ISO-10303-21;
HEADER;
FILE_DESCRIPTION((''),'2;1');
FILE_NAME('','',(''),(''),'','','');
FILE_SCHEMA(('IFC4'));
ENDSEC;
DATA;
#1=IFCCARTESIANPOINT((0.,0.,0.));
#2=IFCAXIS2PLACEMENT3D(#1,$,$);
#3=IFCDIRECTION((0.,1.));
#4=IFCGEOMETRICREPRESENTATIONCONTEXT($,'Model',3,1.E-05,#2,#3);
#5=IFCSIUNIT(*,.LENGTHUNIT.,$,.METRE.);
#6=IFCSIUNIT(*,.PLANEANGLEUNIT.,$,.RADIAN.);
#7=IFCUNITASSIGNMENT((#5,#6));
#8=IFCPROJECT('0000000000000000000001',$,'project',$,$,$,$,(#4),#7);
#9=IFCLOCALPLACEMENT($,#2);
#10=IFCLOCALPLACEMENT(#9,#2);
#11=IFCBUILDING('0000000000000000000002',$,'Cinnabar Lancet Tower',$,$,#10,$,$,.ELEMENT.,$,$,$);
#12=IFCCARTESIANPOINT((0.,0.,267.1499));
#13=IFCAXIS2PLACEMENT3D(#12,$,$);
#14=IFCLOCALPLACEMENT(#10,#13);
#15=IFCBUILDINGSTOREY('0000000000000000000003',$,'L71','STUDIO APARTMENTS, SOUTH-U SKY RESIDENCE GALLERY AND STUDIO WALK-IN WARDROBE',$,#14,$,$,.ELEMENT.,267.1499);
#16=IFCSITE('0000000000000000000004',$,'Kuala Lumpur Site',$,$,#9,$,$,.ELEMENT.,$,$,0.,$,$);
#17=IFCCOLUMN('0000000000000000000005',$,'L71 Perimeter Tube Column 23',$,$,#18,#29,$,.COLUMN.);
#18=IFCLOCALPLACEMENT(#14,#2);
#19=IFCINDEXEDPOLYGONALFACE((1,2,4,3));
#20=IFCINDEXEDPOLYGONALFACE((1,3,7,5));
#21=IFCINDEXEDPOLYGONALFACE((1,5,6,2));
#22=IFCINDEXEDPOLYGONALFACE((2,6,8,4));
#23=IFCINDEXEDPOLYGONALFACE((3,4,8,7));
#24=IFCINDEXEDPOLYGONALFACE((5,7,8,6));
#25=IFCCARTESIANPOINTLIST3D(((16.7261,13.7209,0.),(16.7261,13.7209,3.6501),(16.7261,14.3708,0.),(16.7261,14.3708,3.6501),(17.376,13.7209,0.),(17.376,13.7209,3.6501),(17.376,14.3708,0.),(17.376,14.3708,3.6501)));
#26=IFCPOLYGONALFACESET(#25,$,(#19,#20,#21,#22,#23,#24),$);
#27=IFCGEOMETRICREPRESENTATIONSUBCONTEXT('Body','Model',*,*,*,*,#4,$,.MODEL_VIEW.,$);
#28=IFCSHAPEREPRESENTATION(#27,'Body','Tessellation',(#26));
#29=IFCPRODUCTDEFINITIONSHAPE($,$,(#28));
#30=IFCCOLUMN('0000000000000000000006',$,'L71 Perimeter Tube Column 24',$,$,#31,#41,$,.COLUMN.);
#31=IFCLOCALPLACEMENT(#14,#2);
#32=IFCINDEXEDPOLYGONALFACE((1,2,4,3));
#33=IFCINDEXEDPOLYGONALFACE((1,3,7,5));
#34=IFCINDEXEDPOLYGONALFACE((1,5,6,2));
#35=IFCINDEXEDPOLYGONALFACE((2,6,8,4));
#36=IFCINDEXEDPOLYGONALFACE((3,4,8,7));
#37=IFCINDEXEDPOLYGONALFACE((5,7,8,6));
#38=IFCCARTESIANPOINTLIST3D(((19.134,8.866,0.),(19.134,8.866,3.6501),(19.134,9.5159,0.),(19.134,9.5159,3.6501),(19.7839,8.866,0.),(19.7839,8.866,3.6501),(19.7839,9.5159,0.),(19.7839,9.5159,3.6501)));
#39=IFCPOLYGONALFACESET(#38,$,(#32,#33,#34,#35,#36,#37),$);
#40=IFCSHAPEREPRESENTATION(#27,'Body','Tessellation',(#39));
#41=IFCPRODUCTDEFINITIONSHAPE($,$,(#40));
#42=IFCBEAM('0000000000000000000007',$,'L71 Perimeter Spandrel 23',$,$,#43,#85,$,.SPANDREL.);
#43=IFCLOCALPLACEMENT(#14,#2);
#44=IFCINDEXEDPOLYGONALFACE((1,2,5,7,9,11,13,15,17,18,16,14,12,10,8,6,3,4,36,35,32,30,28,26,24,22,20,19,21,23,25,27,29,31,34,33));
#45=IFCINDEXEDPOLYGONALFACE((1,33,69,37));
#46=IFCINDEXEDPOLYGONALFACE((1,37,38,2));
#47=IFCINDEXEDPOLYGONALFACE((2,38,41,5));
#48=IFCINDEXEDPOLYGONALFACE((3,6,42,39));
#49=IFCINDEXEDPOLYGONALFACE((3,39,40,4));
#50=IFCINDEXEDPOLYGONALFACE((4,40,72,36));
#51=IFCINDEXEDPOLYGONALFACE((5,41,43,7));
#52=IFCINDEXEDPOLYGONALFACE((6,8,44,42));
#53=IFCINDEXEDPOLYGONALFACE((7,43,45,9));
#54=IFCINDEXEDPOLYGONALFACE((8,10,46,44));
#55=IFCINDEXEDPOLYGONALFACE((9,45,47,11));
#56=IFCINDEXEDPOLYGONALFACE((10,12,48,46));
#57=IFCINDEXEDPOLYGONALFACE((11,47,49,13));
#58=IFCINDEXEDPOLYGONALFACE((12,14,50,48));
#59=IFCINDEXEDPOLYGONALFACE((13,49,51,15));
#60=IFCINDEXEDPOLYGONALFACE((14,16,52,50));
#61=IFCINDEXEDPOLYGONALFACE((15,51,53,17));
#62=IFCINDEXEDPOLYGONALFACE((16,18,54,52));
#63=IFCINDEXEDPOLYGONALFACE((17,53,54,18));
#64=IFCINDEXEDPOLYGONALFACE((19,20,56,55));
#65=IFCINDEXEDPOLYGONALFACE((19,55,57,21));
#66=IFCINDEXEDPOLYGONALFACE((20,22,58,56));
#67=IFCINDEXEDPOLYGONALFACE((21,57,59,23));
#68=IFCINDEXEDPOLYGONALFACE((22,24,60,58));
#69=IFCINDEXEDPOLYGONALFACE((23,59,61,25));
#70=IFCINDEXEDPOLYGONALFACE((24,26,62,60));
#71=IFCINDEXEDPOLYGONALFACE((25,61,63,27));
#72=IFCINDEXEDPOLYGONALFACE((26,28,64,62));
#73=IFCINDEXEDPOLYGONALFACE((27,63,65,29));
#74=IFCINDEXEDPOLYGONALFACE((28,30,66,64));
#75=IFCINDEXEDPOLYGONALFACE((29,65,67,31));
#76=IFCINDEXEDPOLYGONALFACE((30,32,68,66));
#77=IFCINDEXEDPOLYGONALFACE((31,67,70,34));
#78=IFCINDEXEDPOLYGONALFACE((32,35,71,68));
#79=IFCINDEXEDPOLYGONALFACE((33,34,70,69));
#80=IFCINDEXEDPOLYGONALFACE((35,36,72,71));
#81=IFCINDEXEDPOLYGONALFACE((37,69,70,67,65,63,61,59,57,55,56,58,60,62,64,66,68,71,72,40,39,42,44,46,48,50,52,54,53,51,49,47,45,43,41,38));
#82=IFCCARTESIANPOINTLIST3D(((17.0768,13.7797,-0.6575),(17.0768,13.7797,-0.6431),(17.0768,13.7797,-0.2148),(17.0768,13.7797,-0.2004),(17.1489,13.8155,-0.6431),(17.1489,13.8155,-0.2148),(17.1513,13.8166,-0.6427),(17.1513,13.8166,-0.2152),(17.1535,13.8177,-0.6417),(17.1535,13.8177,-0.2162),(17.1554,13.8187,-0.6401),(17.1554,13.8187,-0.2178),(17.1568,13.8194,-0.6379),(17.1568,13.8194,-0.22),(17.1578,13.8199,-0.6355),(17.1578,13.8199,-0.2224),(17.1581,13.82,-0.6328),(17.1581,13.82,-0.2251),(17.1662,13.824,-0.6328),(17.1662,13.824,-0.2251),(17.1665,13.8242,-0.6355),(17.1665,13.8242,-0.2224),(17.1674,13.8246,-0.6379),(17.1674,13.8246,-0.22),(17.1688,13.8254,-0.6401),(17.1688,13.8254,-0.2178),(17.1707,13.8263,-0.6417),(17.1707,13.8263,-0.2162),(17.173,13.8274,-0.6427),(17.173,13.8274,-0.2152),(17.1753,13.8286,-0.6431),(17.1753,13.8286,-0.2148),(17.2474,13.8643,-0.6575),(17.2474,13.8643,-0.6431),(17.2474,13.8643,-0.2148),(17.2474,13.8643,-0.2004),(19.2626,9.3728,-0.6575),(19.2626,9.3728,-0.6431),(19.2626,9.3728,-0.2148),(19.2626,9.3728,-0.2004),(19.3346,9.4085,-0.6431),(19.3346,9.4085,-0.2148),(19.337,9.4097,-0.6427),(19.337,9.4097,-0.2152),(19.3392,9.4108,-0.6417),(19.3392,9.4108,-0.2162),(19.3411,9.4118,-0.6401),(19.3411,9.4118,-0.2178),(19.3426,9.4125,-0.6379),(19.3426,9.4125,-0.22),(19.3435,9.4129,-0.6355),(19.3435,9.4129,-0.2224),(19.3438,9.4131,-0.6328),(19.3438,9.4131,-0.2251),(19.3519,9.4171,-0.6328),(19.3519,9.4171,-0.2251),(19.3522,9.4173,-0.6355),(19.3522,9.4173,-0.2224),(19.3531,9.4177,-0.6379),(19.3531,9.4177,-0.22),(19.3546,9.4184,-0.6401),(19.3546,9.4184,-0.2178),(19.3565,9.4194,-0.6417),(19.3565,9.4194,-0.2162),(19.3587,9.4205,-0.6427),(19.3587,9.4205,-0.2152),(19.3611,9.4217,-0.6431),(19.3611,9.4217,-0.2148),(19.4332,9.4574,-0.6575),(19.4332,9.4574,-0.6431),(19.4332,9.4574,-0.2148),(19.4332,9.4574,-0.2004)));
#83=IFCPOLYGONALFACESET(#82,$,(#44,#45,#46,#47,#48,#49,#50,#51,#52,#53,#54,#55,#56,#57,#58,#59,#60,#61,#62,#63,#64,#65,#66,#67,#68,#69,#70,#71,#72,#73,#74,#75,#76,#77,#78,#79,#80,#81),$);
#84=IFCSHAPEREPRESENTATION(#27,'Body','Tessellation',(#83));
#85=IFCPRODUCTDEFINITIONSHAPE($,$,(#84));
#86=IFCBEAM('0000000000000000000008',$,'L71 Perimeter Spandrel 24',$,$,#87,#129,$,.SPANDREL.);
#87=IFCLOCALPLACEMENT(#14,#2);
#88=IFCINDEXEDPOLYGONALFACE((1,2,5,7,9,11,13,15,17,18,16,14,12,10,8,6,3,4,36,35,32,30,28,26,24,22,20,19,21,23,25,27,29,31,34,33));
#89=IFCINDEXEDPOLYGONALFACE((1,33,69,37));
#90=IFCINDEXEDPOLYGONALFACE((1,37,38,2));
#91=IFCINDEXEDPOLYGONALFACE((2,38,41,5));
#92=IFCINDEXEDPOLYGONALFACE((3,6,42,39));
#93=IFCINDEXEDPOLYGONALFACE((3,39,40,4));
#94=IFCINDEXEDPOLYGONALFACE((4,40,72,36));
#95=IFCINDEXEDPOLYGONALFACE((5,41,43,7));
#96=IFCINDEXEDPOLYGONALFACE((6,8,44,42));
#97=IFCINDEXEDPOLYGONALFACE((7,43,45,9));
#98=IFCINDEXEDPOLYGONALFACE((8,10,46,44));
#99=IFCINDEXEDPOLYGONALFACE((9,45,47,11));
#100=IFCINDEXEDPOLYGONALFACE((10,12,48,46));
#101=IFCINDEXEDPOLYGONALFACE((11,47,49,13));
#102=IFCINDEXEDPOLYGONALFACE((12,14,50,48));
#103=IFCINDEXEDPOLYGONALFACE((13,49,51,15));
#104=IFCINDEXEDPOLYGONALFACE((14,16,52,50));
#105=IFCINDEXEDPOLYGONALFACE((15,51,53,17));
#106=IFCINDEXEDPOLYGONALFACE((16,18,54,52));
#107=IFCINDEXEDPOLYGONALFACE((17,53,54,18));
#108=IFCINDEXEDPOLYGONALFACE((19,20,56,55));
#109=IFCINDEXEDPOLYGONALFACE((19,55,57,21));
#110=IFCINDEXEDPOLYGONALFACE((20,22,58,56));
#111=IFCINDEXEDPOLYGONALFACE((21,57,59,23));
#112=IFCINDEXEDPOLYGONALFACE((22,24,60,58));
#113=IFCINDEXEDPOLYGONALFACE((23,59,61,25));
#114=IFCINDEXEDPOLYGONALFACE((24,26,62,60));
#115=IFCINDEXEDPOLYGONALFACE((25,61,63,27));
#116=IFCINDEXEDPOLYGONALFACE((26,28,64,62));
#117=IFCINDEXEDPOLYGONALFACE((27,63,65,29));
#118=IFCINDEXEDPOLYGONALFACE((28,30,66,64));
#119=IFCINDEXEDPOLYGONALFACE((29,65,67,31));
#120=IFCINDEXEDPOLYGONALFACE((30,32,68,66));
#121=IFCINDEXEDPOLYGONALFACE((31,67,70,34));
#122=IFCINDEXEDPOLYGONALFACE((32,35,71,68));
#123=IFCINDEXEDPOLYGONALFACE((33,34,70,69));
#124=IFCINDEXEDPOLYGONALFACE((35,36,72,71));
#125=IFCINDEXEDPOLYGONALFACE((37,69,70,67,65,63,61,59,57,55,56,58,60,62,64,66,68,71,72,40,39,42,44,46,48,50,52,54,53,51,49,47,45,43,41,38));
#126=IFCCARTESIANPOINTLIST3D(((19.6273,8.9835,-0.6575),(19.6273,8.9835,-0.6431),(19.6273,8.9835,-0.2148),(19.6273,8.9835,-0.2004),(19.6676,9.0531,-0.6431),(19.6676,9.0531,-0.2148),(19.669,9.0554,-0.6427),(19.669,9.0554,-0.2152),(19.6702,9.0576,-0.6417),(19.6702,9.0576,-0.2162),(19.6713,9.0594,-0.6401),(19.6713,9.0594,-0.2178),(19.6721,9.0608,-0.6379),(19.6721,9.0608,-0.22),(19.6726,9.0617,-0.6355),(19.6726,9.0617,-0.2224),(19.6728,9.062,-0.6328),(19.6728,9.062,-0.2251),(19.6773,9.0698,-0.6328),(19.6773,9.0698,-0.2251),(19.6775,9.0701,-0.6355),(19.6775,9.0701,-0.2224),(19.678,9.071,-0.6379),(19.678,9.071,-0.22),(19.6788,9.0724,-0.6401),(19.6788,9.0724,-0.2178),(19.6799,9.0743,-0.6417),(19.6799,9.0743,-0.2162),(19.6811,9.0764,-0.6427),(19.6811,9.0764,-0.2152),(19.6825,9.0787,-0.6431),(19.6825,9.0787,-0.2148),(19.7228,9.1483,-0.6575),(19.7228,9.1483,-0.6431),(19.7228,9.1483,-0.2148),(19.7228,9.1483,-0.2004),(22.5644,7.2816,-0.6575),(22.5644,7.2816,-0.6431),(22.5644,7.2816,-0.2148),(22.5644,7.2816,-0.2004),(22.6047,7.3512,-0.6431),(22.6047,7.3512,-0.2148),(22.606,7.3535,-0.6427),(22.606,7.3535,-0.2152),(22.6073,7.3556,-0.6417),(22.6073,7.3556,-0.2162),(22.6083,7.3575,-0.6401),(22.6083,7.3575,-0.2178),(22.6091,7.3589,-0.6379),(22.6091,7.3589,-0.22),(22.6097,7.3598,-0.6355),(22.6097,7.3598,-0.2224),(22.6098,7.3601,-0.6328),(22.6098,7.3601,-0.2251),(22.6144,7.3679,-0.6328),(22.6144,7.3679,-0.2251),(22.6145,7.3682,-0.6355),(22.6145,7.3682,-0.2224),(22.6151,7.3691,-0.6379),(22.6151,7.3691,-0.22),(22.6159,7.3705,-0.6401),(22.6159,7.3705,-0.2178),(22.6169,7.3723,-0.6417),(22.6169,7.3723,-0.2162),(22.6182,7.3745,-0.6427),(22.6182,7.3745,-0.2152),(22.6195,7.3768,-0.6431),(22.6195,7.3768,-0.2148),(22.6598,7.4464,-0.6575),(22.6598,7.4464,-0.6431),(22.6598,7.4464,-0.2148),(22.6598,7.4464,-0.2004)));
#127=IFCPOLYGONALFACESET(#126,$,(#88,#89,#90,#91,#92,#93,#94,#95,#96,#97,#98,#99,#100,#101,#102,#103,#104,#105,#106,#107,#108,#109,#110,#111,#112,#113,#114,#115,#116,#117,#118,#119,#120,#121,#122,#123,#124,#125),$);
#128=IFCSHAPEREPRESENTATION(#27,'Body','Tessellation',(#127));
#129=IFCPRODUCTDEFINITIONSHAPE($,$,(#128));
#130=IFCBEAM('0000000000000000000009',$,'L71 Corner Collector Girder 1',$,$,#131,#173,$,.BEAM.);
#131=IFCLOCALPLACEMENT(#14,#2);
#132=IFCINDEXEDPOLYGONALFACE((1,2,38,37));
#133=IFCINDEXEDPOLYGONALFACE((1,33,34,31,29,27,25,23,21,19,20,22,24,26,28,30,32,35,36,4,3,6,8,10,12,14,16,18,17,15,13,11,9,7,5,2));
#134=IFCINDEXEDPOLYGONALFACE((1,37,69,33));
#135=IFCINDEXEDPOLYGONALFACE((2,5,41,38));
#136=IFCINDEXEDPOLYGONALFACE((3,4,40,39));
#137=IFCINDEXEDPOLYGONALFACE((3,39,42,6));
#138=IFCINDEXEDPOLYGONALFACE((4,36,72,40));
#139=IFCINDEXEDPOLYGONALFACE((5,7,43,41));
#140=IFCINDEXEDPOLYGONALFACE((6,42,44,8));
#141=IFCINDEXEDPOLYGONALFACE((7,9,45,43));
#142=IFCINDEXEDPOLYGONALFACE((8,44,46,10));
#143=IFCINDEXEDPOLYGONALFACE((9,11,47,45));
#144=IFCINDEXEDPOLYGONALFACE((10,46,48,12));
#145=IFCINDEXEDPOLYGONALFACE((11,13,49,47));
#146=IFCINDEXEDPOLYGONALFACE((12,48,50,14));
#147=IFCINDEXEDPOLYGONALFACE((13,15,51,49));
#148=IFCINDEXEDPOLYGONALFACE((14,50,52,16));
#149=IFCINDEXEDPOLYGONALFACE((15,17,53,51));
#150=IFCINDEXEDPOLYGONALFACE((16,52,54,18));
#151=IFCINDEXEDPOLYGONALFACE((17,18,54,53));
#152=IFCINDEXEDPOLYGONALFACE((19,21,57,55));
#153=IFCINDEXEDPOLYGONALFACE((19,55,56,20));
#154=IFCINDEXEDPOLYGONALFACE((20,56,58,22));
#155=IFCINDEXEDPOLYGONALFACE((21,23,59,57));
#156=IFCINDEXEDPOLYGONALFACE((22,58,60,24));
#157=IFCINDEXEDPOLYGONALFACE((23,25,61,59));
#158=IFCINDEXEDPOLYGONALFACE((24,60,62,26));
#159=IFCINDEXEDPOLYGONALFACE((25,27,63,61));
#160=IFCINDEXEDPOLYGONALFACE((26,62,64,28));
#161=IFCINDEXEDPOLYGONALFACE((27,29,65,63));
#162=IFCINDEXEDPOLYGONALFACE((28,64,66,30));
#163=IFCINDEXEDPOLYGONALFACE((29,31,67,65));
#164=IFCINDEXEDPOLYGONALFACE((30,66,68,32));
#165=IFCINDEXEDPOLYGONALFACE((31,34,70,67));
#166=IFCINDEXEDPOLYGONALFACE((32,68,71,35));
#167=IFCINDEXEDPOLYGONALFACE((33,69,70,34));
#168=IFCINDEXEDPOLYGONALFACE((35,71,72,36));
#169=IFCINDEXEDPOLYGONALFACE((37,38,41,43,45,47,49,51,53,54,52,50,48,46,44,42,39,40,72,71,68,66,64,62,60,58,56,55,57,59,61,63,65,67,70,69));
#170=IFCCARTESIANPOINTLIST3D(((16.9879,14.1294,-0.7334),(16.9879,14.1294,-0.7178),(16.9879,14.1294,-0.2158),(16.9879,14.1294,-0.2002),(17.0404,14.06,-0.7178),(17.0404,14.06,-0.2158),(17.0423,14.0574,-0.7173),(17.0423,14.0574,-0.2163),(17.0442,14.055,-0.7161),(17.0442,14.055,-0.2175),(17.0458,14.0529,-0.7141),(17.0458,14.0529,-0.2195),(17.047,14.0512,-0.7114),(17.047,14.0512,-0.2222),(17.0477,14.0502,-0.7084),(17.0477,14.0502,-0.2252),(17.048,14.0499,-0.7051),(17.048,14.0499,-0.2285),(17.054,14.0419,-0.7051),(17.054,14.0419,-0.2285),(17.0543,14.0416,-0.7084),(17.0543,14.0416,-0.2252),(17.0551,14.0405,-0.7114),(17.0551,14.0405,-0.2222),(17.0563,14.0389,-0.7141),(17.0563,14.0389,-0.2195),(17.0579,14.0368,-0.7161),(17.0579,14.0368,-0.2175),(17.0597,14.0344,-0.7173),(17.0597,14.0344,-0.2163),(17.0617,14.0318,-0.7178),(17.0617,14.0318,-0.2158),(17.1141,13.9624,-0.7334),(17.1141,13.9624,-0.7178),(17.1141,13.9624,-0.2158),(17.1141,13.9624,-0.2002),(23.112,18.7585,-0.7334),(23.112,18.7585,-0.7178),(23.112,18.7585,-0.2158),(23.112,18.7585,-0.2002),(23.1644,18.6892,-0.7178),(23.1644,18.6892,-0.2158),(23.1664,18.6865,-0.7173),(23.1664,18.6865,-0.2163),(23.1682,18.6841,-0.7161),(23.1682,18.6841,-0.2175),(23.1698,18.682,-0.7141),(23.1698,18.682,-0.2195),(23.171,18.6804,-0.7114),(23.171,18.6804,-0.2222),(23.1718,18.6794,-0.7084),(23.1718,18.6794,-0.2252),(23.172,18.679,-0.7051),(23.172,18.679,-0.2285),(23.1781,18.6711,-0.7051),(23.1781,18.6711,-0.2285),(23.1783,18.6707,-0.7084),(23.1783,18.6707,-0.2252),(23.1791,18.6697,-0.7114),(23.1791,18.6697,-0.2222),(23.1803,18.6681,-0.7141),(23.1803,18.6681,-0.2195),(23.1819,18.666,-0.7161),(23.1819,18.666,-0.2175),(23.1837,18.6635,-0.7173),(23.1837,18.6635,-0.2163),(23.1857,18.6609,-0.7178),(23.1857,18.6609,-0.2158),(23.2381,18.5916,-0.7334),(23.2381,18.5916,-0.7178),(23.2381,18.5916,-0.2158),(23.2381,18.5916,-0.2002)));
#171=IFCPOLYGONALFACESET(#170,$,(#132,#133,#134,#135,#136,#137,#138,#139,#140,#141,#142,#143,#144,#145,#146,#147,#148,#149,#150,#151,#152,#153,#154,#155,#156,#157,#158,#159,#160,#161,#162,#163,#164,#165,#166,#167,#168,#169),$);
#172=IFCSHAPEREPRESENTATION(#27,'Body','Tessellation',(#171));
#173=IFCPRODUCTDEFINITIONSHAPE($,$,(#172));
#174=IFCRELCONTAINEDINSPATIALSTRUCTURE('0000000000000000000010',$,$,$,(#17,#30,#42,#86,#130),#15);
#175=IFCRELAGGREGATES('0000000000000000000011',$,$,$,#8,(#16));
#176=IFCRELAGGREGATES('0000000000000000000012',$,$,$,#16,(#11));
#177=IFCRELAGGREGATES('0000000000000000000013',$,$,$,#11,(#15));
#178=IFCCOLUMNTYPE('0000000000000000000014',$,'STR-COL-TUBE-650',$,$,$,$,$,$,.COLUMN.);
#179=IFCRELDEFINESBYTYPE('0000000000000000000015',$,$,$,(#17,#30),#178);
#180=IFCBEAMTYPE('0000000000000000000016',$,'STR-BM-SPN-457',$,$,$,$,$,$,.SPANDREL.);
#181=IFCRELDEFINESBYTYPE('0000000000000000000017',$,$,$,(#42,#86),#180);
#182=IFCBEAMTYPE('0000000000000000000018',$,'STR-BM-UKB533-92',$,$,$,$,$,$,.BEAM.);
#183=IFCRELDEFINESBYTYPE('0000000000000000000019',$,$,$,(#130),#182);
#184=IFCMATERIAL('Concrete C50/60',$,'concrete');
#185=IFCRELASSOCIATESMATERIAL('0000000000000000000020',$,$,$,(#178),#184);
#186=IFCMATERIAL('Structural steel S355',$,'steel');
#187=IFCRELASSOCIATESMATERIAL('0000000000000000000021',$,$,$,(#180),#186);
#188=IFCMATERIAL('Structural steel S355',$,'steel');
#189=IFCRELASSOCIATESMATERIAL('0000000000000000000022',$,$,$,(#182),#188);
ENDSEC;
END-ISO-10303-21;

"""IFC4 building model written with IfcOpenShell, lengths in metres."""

from ifc_helpers import new_model, si_unit, direction, frame, origin, origin_2d, place, context, subcontext, project, spatial, rectangle, i_section, extrude, material, material_profile, profile_set, type_object, element, save


model = new_model("IFC4")

# Units and contexts
model_context = context("Model", 3, precision=1e-05, world=origin(), true_north=direction((0.0, 1.0)))
body_context = subcontext(model_context, "Body", "Model", "MODEL_VIEW")
ifc_project = project(units=[si_unit("LENGTHUNIT", "METRE"), si_unit("PLANEANGLEUNIT", "RADIAN")], contexts=[model_context])

# Site, building, storey
site_placement = place(None, origin())
site = spatial("IfcSite", under=ifc_project, at=site_placement, Name="Kuala Lumpur Site", CompositionType="ELEMENT", RefElevation=0.0)
building_placement = place(site_placement, origin())
building = spatial("IfcBuilding", under=site, at=building_placement, Name="Cinnabar Lancet Tower", CompositionType="ELEMENT")
storey_placement = place(building_placement, frame((0.0, 0.0, 267.1499)))
storey = spatial("IfcBuildingStorey", under=building, at=storey_placement, Name="L71", Description="STUDIO APARTMENTS, SOUTH-U SKY RESIDENCE GALLERY AND STUDIO WALK-IN WARDROBE", CompositionType="ELEMENT", Elevation=267.1499)

# Columns
ifc_material_1 = material(Name="Concrete C50/60", Category="concrete")
ifc_material_profile_1 = material_profile(ifc_material_1, rectangle(XDim=0.6499, YDim=0.6499, at=origin_2d()), Name="RC-COL 650x650")
ifc_profile_set_1 = profile_set([ifc_material_profile_1], Name="Concrete C50/60")
column_type = type_object("IfcColumnType", Name="STR-COL-TUBE-650", PredefinedType="COLUMN", material=ifc_profile_set_1)
for number, where, z_axis, x_axis, name in (
    (1, (17.051, 14.0459, 0.0), (0.0, 0.0, 1.0), (1.0, 0.0, 0.0), "L71 Perimeter Tube Column 23"),
    (2, (19.459, 9.1909, 0.0), (0.0, 0.0, 1.0), (1.0, 0.0, 0.0), "L71 Perimeter Tube Column 24"),
):
    element("IfcColumn", number, at=place(storey_placement, frame(where, z_axis=z_axis, x_axis=x_axis)), inside=storey, type_object=column_type, Name=name, PredefinedType="COLUMN", context=body_context, shape_type="SweptSolid", body=[
        extrude(rectangle(XDim=0.6499, YDim=0.6499, at=origin_2d()), origin(), (0.0, 0.0, 1.0), 3.6501),
    ])

# Beams
ifc_material_2 = material(Name="Structural steel S355", Category="steel")
ifc_material_profile_2 = material_profile(ifc_material_2, i_section(OverallWidth=0.1904, OverallDepth=0.457, WebThickness=0.009, FlangeThickness=0.0144, FilletRadius=0.0103, at=origin_2d()), Name="UKB 457x191x74")
ifc_profile_set_2 = profile_set([ifc_material_profile_2], Name="Structural steel S355")
beam_type_1 = type_object("IfcBeamType", Name="STR-BM-SPN-457", PredefinedType="SPANDREL", material=ifc_profile_set_2)
beam_1_placement = place(storey_placement, frame((17.1621, 13.822, -0.429), z_axis=(0.444333, -0.895862, 0.0), x_axis=(0.895862, 0.444333, 0.0)))
element("IfcBeam", 3, at=beam_1_placement, inside=storey, type_object=beam_type_1, Name="L71 Perimeter Spandrel 23", PredefinedType="SPANDREL", context=body_context, shape_type="SweptSolid", body=[
    extrude(i_section(OverallWidth=0.1904, OverallDepth=0.457, WebThickness=0.009, FlangeThickness=0.0144, FilletRadius=0.0103, at=origin_2d()), origin(), (0.0, 0.0, 1.0), 4.9192),
])
beam_2_placement = place(storey_placement, frame((19.675, 9.0659, -0.429), z_axis=(0.865231, -0.501374, 0.0), x_axis=(0.501374, 0.865231, 0.0)))
element("IfcBeam", 4, at=beam_2_placement, inside=storey, type_object=beam_type_1, Name="L71 Perimeter Spandrel 24", PredefinedType="SPANDREL", context=body_context, shape_type="SweptSolid", body=[
    extrude(i_section(OverallWidth=0.1904, OverallDepth=0.457, WebThickness=0.009, FlangeThickness=0.0144, FilletRadius=0.0103, at=origin_2d()), origin(), (0.0, 0.0, 1.0), 3.3945),
])
ifc_material_3 = material(Name="Structural steel S355", Category="steel")
ifc_material_profile_3 = material_profile(ifc_material_3, i_section(OverallWidth=0.2092, OverallDepth=0.5332, WebThickness=0.01, FlangeThickness=0.0156, FilletRadius=0.0127, at=origin_2d()), Name="UKB 533x210x92")
ifc_profile_set_3 = profile_set([ifc_material_profile_3], Name="Structural steel S355")
beam_type_2 = type_object("IfcBeamType", Name="STR-BM-UKB533-92", PredefinedType="BEAM", material=ifc_profile_set_3)
beam_3_placement = place(storey_placement, frame((17.051, 14.0459, -0.4668), z_axis=(0.797735, 0.603008, 0.0), x_axis=(-0.603008, 0.797735, 0.0)))
element("IfcBeam", 5, at=beam_3_placement, inside=storey, type_object=beam_type_2, Name="L71 Corner Collector Girder 1", PredefinedType="BEAM", context=body_context, shape_type="SweptSolid", body=[
    extrude(i_section(OverallWidth=0.2092, OverallDepth=0.5332, WebThickness=0.01, FlangeThickness=0.0156, FilletRadius=0.0127, at=origin_2d()), origin(), (0.0, 0.0, 1.0), 7.6768),
])

save(model, "model.ifc")
